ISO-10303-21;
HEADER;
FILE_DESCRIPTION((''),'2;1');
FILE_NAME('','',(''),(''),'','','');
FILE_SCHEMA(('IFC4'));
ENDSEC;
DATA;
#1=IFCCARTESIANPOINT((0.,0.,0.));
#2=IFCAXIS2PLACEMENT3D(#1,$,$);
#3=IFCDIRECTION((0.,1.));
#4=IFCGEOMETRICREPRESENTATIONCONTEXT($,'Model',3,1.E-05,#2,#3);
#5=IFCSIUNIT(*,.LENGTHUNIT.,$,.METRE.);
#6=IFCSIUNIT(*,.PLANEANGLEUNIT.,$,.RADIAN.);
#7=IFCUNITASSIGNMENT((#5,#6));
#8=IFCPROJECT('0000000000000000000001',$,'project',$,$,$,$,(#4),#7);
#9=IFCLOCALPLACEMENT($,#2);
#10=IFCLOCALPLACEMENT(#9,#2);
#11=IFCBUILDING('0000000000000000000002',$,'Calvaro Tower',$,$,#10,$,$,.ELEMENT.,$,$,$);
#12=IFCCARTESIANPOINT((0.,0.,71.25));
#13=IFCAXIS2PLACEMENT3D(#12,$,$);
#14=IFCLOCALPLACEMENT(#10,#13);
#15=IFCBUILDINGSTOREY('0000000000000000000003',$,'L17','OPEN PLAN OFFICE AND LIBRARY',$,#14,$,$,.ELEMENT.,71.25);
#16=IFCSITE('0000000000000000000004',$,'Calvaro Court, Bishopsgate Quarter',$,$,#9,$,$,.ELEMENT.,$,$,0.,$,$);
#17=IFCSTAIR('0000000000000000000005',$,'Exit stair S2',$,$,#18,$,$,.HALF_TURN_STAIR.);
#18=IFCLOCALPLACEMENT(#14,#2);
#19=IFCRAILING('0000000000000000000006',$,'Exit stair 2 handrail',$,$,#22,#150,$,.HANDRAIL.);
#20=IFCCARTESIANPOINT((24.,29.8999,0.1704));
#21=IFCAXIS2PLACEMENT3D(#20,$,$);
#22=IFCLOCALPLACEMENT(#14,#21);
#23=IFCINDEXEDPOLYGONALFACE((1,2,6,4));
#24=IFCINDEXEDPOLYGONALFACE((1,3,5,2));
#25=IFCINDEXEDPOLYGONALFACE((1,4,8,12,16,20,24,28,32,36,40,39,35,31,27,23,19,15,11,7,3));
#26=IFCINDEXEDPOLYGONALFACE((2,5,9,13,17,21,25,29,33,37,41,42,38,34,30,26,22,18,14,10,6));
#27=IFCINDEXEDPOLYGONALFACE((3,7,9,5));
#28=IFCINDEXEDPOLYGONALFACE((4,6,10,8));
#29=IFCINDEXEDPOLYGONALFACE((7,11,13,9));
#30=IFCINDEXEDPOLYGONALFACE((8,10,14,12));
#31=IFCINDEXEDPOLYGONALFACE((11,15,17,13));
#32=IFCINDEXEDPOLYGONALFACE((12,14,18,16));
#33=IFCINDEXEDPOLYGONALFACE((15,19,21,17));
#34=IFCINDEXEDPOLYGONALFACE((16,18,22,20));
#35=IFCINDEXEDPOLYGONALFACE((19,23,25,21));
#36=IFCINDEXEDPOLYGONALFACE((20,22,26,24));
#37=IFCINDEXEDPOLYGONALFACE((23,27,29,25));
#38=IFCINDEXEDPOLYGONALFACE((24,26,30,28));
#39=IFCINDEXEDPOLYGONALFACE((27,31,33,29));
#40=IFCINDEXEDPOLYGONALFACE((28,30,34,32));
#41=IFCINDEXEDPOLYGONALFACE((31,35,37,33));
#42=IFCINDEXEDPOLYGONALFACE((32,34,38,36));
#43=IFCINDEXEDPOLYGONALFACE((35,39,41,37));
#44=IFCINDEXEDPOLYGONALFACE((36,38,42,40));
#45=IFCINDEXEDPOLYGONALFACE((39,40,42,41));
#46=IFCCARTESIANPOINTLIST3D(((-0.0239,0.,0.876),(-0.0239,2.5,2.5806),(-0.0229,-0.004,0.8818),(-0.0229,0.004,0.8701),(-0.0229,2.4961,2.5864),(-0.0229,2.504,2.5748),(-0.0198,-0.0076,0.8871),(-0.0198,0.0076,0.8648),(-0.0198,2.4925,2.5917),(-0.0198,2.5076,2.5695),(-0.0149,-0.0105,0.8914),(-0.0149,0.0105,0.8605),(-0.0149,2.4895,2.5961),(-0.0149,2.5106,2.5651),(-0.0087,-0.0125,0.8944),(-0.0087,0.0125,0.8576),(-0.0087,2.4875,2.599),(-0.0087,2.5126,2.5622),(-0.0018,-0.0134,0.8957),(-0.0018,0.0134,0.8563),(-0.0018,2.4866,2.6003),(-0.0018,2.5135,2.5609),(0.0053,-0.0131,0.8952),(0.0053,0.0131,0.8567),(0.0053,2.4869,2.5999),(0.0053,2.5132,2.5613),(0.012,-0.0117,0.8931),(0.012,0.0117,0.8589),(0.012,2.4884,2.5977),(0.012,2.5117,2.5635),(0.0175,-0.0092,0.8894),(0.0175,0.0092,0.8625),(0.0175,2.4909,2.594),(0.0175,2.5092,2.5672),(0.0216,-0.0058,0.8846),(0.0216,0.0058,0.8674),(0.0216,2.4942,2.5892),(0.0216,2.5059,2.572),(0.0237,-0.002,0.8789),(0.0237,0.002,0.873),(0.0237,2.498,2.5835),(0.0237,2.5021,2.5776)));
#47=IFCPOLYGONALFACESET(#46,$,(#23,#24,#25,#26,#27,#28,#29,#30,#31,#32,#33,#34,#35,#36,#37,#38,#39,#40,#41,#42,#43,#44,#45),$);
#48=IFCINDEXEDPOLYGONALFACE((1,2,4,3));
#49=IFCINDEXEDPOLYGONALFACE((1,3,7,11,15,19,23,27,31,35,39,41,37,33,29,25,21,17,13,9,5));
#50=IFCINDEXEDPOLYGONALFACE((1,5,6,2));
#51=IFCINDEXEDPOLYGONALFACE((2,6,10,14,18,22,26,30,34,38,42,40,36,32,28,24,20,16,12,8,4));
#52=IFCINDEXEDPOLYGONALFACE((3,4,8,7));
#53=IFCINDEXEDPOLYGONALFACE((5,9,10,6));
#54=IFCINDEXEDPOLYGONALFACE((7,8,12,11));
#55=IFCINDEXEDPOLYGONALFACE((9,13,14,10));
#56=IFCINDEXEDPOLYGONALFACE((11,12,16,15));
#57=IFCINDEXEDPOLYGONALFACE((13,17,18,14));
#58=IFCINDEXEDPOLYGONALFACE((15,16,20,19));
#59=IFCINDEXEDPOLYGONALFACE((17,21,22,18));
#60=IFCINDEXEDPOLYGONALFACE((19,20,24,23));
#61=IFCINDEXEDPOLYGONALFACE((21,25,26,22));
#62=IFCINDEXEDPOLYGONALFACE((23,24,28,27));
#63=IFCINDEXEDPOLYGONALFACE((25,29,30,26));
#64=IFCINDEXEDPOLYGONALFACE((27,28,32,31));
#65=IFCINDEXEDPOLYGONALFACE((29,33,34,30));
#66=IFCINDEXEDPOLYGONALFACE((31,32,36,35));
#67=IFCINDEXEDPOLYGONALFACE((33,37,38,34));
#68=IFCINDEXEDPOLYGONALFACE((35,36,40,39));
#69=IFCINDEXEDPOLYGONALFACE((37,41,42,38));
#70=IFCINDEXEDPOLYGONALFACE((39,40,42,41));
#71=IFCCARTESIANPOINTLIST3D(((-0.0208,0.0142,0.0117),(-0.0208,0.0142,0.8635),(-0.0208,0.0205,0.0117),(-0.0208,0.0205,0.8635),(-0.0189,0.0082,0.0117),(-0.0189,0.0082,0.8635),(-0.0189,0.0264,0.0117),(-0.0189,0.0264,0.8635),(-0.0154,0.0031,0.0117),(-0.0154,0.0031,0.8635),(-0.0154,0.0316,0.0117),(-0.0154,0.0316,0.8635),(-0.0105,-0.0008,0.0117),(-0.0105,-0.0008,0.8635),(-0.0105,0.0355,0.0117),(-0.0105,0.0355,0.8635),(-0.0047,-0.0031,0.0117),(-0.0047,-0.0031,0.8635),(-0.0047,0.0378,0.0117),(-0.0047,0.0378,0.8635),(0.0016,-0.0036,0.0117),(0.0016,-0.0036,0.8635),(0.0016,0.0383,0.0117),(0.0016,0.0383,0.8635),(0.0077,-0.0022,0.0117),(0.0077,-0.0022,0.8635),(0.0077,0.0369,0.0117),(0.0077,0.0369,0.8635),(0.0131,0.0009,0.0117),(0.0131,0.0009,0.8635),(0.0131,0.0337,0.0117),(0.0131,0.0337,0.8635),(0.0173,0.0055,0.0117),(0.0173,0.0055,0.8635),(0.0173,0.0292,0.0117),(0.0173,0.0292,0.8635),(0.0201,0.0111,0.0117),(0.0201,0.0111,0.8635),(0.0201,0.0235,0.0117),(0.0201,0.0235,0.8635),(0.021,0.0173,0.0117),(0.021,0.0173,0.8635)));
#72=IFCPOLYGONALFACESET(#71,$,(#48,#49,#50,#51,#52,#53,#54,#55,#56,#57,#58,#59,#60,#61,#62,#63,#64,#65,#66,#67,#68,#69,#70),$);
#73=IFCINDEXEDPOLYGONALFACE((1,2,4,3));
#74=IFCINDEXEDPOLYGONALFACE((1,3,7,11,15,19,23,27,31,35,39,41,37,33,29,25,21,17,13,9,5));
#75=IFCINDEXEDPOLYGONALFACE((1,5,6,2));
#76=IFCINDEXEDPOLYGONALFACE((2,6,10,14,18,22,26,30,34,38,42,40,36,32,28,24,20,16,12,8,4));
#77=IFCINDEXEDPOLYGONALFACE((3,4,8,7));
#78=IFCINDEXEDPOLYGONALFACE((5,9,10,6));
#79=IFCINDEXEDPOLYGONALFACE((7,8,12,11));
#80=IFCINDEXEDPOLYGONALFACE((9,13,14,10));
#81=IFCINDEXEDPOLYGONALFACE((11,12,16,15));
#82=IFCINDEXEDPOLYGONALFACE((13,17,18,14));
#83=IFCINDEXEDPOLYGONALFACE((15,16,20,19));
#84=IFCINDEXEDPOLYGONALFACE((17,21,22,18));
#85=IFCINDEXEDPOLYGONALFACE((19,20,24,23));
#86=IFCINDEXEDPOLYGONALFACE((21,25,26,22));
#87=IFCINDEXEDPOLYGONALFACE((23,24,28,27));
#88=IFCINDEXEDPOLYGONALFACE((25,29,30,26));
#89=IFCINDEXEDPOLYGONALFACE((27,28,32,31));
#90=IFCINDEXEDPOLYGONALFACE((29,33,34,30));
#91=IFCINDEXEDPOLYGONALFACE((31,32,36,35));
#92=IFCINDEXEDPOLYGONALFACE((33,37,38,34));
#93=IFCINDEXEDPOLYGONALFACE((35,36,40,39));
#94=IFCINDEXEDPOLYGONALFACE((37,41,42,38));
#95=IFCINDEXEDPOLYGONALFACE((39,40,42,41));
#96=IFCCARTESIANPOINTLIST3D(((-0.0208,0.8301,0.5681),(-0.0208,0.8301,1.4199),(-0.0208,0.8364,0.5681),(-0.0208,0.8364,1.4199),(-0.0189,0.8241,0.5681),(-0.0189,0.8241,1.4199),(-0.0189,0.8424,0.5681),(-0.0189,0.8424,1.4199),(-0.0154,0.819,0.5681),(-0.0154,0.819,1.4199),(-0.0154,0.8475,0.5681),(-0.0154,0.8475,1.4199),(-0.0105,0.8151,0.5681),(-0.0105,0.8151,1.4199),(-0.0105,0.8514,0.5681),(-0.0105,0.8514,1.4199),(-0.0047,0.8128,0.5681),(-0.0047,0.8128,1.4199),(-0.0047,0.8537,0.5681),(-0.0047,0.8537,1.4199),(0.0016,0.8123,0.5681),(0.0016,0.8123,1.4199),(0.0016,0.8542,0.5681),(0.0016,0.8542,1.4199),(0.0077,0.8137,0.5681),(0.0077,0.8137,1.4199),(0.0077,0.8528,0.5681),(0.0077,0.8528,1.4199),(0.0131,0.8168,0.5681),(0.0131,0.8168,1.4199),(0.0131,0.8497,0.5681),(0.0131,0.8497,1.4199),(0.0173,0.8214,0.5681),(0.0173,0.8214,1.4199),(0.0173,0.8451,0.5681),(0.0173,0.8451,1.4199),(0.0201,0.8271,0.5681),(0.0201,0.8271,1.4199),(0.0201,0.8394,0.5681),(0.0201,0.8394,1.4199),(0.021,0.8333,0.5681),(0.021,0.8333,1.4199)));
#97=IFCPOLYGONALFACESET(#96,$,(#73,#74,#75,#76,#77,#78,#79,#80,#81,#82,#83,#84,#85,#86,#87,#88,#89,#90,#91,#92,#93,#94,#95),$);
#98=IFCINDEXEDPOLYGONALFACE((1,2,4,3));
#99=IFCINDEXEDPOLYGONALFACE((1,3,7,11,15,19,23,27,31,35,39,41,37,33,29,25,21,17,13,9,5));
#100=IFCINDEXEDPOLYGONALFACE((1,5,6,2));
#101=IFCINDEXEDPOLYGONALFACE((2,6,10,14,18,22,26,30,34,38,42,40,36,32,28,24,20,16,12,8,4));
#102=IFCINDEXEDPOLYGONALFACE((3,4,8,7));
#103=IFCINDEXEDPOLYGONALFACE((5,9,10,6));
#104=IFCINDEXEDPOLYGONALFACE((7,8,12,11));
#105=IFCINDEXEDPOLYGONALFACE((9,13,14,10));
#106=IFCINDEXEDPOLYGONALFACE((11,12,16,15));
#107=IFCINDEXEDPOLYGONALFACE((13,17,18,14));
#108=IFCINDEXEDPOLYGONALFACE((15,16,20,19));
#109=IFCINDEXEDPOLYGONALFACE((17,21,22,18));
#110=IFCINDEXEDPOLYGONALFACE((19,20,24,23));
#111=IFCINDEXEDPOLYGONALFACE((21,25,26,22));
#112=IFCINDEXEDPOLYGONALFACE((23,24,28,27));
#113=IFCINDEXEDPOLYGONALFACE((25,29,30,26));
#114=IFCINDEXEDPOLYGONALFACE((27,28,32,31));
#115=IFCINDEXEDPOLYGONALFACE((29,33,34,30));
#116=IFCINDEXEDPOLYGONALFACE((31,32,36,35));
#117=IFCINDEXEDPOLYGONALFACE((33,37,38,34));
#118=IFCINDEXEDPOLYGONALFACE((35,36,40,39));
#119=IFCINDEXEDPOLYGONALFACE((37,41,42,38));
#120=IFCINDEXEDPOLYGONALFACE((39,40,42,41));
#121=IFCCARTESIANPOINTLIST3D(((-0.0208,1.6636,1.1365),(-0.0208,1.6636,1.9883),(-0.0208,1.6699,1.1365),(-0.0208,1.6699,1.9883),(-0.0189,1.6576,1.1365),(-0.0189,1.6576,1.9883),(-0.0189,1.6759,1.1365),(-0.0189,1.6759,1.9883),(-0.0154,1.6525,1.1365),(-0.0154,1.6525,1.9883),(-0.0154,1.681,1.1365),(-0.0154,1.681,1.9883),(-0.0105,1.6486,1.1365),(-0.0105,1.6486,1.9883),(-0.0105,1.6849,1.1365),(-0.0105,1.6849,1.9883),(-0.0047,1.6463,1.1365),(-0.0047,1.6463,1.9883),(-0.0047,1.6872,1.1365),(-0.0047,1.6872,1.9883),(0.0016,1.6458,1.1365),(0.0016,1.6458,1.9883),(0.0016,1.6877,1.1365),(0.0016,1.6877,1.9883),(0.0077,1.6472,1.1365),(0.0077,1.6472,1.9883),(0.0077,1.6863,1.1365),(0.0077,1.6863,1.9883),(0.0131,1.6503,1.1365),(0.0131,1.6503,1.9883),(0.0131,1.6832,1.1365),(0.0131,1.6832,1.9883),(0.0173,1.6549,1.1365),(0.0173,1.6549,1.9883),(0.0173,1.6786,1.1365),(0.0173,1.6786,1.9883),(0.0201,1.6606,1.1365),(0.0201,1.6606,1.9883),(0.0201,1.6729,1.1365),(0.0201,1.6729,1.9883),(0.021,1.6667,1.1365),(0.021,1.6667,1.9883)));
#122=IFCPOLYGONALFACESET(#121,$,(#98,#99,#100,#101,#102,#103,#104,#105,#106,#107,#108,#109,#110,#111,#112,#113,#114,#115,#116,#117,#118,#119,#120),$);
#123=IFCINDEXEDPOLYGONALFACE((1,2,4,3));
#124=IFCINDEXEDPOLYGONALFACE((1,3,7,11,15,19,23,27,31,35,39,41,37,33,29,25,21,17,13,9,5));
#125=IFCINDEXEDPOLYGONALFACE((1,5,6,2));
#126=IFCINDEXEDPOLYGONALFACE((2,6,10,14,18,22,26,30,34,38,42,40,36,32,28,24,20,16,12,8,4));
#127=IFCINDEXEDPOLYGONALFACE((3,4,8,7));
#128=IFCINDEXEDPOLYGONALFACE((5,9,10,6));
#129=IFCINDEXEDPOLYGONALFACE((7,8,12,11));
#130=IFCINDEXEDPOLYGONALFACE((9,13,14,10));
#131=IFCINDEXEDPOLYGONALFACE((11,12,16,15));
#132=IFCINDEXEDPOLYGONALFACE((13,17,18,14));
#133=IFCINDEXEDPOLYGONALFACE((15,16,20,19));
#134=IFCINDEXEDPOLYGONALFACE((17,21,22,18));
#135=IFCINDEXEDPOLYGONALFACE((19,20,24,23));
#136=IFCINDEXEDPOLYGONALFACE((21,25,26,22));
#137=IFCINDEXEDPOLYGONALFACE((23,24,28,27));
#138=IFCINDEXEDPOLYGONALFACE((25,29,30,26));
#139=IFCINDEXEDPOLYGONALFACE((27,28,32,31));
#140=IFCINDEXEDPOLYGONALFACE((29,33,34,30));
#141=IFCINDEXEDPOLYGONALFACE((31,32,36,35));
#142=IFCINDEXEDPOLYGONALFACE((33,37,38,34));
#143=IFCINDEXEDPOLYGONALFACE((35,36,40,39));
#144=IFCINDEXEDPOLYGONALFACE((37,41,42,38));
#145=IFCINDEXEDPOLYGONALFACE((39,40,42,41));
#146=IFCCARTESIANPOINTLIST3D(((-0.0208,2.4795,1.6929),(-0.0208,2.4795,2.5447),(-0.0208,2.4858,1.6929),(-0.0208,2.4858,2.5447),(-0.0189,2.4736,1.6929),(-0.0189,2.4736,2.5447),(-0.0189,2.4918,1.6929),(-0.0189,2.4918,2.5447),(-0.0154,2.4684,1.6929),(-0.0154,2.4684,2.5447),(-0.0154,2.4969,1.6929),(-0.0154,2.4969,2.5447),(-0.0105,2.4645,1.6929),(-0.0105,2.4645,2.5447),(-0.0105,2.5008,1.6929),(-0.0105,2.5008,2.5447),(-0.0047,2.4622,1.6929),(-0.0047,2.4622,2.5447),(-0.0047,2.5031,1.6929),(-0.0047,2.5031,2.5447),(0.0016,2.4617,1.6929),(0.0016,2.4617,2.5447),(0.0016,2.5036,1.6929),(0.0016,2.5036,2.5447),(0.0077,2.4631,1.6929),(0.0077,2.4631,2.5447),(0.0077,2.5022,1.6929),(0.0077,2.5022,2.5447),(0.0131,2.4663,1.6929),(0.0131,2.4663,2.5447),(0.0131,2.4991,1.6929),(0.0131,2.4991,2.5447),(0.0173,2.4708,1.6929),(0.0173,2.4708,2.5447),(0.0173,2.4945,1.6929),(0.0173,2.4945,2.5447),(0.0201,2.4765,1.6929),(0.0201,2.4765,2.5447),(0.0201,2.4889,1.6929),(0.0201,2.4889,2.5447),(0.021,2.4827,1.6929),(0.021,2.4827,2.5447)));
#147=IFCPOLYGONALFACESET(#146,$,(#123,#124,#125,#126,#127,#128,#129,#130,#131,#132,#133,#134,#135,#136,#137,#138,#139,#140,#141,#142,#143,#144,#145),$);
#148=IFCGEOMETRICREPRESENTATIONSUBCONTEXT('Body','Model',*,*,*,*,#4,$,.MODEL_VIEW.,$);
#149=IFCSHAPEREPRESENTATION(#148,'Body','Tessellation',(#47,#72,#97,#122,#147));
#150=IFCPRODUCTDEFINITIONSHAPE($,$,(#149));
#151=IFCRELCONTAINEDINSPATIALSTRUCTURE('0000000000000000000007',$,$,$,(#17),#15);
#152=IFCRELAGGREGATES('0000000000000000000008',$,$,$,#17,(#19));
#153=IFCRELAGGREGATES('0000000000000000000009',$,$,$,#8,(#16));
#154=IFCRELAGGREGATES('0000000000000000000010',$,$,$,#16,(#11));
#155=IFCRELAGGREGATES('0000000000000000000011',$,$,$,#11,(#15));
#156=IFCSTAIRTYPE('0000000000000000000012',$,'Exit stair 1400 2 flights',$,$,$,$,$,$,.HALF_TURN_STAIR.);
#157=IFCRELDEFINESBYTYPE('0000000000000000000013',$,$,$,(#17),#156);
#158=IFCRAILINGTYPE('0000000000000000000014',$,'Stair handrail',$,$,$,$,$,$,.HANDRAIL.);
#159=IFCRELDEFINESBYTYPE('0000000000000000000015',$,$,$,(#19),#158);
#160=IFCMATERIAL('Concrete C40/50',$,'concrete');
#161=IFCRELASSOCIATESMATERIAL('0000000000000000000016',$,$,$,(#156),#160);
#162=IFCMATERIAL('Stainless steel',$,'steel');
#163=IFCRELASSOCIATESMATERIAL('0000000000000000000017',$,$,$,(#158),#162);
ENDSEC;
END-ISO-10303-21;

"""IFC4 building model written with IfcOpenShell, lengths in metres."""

from ifc_helpers import new_model, si_unit, direction, frame, origin, origin_2d, place, context, subcontext, project, spatial, circle, extrude, material, type_object, element, aggregate, save


model = new_model("IFC4")

# Units and contexts
model_context = context("Model", 3, precision=1e-05, world=origin(), true_north=direction((0.0, 1.0)))
body_context = subcontext(model_context, "Body", "Model", "MODEL_VIEW")
ifc_project = project(units=[si_unit("LENGTHUNIT", "METRE"), si_unit("PLANEANGLEUNIT", "RADIAN")], contexts=[model_context])

# Site, building, storey
site_placement = place(None, origin())
site = spatial("IfcSite", under=ifc_project, at=site_placement, Name="Calvaro Court, Bishopsgate Quarter", CompositionType="ELEMENT", RefElevation=0.0)
building_placement = place(site_placement, origin())
building = spatial("IfcBuilding", under=site, at=building_placement, Name="Calvaro Tower", CompositionType="ELEMENT")
storey_placement = place(building_placement, frame((0.0, 0.0, 71.25)))
storey = spatial("IfcBuildingStorey", under=building, at=storey_placement, Name="L17", Description="OPEN PLAN OFFICE AND LIBRARY", CompositionType="ELEMENT", Elevation=71.25)

# Stair, railing
ifc_material_1 = material(Name="Concrete C40/50", Category="concrete")
stair_type = type_object("IfcStairType", Name="Exit stair 1400 2 flights", PredefinedType="HALF_TURN_STAIR", material=ifc_material_1)
stair_placement = place(storey_placement, origin())
stair = element("IfcStair", 1, at=stair_placement, inside=storey, type_object=stair_type, Name="Exit stair S2", PredefinedType="HALF_TURN_STAIR")
ifc_material_2 = material(Name="Stainless steel", Category="steel")
railing_type = type_object("IfcRailingType", Name="Stair handrail", PredefinedType="HANDRAIL", material=ifc_material_2)
railing_placement = place(storey_placement, frame((24.0, 29.8999, 0.1704)))
railing = element("IfcRailing", 2, at=railing_placement, type_object=railing_type, Name="Exit stair 2 handrail", PredefinedType="HANDRAIL", context=body_context, shape_type="SweptSolid", body=[
    extrude(circle(Radius=0.0239, at=origin_2d()), frame((0.0, 0.0, 0.876), z_axis=(0.0, 0.826221, 0.563347), x_axis=(-1.0, 0.0, 0.0)), (0.0, 0.0, 1.0), 3.0259),
    extrude(circle(Radius=0.021, at=origin_2d()), frame((0.0, 0.0173, 0.0117)), (0.0, 0.0, 1.0), 0.8518),
    extrude(circle(Radius=0.021, at=origin_2d()), frame((0.0, 0.8333, 0.5681)), (0.0, 0.0, 1.0), 0.8518),
    extrude(circle(Radius=0.021, at=origin_2d()), frame((0.0, 1.6667, 1.1365)), (0.0, 0.0, 1.0), 0.8518),
    extrude(circle(Radius=0.021, at=origin_2d()), frame((0.0, 2.4827, 1.6929)), (0.0, 0.0, 1.0), 0.8518),
])
aggregate(stair, [railing])

save(model, "model.ifc")
